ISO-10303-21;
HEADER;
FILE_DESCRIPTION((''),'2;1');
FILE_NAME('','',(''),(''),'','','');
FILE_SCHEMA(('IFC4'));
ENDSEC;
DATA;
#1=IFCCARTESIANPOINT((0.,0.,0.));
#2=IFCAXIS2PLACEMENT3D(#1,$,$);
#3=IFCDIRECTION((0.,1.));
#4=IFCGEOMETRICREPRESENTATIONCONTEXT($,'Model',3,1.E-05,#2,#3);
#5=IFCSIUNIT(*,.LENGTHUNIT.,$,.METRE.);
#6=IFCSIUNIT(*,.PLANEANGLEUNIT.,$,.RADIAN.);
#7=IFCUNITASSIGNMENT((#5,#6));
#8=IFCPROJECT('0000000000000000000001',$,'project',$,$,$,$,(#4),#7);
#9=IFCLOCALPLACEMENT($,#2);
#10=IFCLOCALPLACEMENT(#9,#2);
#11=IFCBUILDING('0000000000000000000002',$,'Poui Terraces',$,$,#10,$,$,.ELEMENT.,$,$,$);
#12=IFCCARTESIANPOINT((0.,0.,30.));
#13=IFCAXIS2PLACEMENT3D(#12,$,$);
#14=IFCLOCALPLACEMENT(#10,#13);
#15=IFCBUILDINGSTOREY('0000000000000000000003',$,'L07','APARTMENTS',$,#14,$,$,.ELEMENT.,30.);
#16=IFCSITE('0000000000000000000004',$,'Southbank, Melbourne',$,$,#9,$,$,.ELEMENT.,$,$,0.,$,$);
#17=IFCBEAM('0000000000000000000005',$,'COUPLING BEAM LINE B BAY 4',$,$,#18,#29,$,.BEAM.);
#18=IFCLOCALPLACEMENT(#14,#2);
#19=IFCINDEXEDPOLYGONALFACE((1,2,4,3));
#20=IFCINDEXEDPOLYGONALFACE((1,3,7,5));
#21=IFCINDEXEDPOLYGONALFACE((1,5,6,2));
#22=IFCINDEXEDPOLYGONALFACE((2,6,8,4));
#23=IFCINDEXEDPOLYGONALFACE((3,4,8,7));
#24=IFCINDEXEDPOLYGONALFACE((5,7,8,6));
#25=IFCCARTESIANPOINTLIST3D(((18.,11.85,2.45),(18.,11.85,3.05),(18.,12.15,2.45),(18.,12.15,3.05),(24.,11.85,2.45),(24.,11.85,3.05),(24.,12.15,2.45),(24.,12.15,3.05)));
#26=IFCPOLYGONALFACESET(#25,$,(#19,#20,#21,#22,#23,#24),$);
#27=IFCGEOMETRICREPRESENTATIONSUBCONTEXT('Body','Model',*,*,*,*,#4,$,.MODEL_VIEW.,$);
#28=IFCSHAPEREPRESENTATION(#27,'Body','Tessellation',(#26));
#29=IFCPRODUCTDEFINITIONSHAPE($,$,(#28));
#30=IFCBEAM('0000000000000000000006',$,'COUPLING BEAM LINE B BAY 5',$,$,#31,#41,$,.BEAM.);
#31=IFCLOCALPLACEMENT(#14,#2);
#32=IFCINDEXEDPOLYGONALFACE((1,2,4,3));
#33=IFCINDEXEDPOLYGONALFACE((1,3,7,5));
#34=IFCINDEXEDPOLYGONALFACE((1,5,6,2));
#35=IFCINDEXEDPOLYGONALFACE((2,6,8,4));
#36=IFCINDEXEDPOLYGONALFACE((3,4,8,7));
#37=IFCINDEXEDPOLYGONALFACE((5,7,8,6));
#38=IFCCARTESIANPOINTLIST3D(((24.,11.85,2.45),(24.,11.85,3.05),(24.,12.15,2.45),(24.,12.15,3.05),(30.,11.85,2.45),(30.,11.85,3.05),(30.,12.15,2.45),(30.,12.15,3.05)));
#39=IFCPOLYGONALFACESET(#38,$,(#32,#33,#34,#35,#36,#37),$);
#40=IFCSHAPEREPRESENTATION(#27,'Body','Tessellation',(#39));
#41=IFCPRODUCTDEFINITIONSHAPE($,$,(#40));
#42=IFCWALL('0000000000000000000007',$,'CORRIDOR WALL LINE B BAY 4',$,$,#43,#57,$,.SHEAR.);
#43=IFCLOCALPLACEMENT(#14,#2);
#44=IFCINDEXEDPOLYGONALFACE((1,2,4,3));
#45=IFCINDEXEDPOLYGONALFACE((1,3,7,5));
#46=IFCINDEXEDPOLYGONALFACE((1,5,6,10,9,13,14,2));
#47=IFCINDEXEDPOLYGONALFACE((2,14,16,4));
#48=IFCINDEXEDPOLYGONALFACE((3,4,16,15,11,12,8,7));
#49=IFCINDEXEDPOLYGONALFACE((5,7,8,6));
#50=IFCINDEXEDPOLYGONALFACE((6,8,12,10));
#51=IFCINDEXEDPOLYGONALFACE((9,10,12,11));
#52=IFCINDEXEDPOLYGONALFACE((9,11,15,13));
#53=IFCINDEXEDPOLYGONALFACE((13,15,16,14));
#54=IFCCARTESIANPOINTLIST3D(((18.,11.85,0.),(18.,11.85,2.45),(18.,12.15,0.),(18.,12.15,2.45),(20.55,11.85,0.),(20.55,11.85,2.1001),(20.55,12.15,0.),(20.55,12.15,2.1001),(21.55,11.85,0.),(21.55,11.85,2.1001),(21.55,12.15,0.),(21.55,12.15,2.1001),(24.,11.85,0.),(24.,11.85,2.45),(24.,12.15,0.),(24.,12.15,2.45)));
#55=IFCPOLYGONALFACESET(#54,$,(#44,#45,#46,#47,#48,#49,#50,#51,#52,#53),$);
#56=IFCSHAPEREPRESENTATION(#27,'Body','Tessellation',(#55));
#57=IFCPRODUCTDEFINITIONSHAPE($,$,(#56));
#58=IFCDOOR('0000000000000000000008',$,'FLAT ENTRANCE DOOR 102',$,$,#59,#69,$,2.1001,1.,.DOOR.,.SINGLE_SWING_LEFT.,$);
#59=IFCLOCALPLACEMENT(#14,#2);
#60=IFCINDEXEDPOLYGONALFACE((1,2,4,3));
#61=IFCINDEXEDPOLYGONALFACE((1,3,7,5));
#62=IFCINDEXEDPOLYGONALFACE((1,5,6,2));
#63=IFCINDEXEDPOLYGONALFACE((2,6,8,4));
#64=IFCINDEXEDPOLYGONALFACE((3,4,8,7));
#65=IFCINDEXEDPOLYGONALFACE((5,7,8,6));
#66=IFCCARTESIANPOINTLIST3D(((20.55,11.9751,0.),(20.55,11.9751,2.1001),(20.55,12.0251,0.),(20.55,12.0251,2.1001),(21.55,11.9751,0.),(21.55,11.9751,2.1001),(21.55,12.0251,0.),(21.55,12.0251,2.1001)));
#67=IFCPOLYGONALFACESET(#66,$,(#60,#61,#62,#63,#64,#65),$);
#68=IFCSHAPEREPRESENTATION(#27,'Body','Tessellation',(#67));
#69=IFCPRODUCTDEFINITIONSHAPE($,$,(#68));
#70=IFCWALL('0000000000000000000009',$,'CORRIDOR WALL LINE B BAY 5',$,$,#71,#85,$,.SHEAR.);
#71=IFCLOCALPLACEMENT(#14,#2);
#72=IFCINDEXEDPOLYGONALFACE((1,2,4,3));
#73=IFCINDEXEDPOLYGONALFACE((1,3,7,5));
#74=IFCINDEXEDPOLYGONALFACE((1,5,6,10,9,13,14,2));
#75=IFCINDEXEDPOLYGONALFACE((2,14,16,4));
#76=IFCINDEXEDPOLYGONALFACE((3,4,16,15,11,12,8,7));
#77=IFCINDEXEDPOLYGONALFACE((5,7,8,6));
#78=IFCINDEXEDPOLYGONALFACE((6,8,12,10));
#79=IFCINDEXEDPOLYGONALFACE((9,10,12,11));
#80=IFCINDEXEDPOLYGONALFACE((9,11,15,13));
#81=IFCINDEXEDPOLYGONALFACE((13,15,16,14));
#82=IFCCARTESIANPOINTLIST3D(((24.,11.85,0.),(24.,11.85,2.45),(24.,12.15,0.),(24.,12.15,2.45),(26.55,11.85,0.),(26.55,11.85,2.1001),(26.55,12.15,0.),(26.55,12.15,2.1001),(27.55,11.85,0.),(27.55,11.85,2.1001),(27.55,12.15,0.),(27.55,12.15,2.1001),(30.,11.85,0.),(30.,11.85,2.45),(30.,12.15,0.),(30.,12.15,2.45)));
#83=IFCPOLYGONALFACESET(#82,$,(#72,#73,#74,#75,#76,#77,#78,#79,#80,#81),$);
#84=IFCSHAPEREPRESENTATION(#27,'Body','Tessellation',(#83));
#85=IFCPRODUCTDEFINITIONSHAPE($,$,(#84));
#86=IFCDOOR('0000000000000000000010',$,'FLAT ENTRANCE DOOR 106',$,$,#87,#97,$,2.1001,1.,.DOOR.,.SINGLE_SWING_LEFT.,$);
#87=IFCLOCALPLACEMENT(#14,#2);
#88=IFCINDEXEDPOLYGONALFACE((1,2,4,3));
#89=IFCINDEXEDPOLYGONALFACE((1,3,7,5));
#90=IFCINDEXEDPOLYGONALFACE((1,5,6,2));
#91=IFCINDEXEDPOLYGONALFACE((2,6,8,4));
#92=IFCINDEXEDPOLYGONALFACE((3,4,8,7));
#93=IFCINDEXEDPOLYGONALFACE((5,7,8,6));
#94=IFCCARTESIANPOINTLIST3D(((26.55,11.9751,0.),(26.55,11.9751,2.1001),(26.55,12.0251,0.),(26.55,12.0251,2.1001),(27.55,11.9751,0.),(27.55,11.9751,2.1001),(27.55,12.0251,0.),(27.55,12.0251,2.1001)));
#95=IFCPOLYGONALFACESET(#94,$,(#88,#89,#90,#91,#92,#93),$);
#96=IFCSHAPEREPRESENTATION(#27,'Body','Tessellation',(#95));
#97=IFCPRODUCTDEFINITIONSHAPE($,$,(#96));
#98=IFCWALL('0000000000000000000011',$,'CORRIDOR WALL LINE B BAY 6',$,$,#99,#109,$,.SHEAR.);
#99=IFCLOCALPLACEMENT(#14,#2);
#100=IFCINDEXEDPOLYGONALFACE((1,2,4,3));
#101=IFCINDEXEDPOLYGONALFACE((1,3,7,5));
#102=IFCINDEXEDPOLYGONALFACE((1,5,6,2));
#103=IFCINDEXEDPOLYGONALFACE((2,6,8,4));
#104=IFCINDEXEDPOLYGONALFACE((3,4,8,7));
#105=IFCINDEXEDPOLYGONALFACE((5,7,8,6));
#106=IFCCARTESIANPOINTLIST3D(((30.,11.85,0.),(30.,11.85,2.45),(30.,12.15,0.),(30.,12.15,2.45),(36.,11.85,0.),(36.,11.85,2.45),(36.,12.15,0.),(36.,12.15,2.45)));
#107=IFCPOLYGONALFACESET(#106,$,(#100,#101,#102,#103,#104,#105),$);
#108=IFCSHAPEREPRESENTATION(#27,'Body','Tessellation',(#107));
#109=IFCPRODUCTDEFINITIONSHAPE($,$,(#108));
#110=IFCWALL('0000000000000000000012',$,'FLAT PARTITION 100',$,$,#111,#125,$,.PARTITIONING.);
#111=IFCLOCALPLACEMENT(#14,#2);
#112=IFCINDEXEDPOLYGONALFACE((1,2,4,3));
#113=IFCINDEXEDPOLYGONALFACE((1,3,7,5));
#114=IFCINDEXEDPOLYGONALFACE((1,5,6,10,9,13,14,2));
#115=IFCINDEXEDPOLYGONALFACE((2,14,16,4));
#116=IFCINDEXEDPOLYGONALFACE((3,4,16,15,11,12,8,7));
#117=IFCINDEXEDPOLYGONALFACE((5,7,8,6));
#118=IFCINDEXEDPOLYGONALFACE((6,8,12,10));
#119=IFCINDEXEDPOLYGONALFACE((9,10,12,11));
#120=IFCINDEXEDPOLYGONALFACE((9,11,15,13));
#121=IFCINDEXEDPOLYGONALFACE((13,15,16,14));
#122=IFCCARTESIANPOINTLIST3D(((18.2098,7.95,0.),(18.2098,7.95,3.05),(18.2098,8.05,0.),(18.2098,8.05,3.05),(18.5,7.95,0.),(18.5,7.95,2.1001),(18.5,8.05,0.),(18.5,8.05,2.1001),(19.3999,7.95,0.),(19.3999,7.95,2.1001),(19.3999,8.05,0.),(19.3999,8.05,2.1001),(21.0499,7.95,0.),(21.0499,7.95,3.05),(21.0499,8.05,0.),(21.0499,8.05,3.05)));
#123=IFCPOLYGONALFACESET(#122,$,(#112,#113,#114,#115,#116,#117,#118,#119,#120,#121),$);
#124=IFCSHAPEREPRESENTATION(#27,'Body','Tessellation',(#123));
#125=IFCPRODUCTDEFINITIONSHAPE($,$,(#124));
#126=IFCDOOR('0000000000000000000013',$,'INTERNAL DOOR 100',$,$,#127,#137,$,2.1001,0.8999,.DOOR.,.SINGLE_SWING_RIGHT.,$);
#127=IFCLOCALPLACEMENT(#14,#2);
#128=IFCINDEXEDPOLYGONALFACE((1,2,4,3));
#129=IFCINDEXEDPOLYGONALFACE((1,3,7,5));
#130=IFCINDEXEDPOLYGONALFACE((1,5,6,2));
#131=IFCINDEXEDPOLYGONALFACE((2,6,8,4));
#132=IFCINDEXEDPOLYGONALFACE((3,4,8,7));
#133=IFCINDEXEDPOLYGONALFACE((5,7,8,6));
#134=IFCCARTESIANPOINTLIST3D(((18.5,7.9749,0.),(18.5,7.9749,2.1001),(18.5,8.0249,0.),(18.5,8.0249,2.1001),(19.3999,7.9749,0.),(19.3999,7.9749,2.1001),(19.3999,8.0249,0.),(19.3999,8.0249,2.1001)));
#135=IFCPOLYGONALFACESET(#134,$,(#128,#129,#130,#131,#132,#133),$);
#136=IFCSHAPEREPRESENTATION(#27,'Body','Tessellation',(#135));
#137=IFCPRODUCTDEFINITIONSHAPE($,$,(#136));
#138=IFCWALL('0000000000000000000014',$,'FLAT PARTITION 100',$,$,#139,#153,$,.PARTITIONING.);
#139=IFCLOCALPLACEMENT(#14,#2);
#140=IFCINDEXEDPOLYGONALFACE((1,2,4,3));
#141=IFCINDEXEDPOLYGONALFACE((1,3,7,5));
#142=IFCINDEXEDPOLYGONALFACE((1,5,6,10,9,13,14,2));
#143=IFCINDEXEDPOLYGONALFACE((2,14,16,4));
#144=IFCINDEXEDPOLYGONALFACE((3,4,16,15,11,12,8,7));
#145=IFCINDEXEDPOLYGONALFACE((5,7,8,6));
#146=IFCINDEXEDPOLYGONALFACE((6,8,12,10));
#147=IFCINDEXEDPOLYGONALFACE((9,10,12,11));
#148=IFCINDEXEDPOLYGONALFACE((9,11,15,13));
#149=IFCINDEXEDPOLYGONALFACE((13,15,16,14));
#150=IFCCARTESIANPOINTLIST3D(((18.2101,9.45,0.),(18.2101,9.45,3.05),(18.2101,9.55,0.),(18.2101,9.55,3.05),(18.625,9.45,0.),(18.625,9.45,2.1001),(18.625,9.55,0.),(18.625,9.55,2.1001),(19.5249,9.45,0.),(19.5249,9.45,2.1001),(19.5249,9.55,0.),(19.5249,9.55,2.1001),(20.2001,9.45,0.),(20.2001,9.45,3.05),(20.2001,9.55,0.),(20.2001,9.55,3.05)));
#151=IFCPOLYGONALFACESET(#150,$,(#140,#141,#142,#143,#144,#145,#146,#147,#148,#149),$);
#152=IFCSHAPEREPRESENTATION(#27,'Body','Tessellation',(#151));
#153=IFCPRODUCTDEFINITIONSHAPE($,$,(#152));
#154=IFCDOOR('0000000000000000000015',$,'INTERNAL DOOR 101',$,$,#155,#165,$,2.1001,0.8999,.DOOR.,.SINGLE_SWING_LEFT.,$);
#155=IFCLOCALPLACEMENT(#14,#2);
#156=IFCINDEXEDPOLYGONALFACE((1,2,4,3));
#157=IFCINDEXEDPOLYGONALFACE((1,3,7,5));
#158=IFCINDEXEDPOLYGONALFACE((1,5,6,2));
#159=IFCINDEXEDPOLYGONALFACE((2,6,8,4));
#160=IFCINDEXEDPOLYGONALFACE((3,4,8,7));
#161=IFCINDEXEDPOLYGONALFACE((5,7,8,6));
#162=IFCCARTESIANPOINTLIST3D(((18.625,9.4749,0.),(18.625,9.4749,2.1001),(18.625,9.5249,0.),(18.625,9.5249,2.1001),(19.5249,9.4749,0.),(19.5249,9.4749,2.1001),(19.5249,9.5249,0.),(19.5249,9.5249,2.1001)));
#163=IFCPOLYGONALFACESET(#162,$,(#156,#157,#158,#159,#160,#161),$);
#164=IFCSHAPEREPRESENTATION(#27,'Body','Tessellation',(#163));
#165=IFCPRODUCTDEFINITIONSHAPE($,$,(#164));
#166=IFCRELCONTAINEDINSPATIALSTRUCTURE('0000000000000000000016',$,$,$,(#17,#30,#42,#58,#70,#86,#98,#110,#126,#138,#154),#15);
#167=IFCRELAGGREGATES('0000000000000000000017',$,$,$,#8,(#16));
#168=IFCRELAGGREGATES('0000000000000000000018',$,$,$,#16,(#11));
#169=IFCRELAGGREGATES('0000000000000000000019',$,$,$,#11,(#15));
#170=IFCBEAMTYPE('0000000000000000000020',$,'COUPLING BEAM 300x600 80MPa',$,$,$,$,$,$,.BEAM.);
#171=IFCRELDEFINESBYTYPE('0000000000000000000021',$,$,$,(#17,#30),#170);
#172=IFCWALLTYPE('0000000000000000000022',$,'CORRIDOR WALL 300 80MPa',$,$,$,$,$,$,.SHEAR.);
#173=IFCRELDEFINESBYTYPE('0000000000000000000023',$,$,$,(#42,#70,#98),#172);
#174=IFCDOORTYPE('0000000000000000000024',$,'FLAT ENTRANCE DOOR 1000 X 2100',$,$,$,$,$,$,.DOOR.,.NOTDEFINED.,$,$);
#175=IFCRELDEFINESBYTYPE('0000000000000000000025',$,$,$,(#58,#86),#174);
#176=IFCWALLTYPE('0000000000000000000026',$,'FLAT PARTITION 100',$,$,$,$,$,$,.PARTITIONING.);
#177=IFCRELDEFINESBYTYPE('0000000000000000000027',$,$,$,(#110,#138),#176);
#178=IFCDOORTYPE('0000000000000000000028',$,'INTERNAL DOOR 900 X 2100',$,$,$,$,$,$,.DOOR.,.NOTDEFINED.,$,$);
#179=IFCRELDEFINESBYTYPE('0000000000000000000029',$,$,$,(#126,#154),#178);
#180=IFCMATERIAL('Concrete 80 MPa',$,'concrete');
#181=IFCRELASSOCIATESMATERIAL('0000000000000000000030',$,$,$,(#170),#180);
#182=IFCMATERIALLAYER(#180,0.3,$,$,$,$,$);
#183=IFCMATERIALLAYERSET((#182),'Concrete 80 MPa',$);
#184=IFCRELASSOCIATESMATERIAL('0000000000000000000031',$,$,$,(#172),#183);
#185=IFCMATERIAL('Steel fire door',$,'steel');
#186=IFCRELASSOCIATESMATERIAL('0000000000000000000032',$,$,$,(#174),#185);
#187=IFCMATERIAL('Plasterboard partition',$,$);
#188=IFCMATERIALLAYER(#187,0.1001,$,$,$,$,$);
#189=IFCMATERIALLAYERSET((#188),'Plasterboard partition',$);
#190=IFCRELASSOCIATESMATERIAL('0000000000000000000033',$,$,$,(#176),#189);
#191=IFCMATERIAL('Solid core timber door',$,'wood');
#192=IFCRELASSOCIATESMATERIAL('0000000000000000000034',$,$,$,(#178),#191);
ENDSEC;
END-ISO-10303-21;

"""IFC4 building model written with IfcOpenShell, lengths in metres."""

from ifc_helpers import new_model, si_unit, direction, frame, frame_2d, origin, origin_2d, place, context, subcontext, project, spatial, rectangle, extrude, source, transform, mapped, material, layer, layer_set, material_profile, profile_set, type_object, element, fill, save


model = new_model("IFC4")

# Units and contexts
model_context = context("Model", 3, precision=1e-05, world=origin(), true_north=direction((0.0, 1.0)))
body_context = subcontext(model_context, "Body", "Model", "MODEL_VIEW")
ifc_project = project(units=[si_unit("LENGTHUNIT", "METRE"), si_unit("PLANEANGLEUNIT", "RADIAN")], contexts=[model_context])

# Site, building, storey
site_placement = place(None, origin())
site = spatial("IfcSite", under=ifc_project, at=site_placement, Name="Southbank, Melbourne", CompositionType="ELEMENT", RefElevation=0.0)
building_placement = place(site_placement, origin())
building = spatial("IfcBuilding", under=site, at=building_placement, Name="Poui Terraces", CompositionType="ELEMENT")
storey_placement = place(building_placement, frame((0.0, 0.0, 30.0)))
storey = spatial("IfcBuildingStorey", under=building, at=storey_placement, Name="L07", Description="APARTMENTS", CompositionType="ELEMENT", Elevation=30.0)

# Beams
ifc_material_1 = material(Name="Concrete 80 MPa", Category="concrete")
ifc_material_profile = material_profile(ifc_material_1, rectangle(XDim=0.3, YDim=0.6001, at=origin_2d()), Name="RC 300x600")
ifc_profile_set = profile_set([ifc_material_profile], Name="Concrete 80 MPa")
beam_type = type_object("IfcBeamType", Name="COUPLING BEAM 300x600 80MPa", PredefinedType="BEAM", material=ifc_profile_set)
shared_shape = source(origin(), body_context, "Body", "SweptSolid", [
    extrude(rectangle(XDim=0.3, YDim=0.6001, at=origin_2d()), origin(), (0.0, 0.0, 1.0), 6.0),
])
for number, where, z_axis, x_axis, name in (
    (1, (18.0, 12.0, 2.75), (1.0, 0.0, 0.0), (0.0, 1.0, 0.0), "COUPLING BEAM LINE B BAY 4"),
    (2, (24.0, 12.0, 2.75), (1.0, 0.0, 0.0), (0.0, 1.0, 0.0), "COUPLING BEAM LINE B BAY 5"),
):
    element("IfcBeam", number, at=place(storey_placement, frame(where, z_axis=z_axis, x_axis=x_axis)), inside=storey, type_object=beam_type, Name=name, PredefinedType="BEAM", context=body_context, shape_type="MappedRepresentation", body=[
        mapped(shared_shape, transform((0.0, 0.0, 0.0))),
    ])

# Walls, openings, doors
ifc_layer_1 = layer(ifc_material_1, 0.3)
ifc_layer_set_1 = layer_set([ifc_layer_1], Name="Concrete 80 MPa")
wall_type_1 = type_object("IfcWallType", Name="CORRIDOR WALL 300 80MPa", PredefinedType="SHEAR", material=ifc_layer_set_1)
wall_1_placement = place(storey_placement, frame((18.0, 12.0, 0.0), z_axis=(0.0, 0.0, 1.0), x_axis=(1.0, 0.0, 0.0)))
wall_1 = element("IfcWall", 3, at=wall_1_placement, inside=storey, type_object=wall_type_1, Name="CORRIDOR WALL LINE B BAY 4", PredefinedType="SHEAR", context=body_context, shape_type="SweptSolid", body=[
    extrude(rectangle(XDim=6.0, YDim=0.3, at=frame_2d((3.0, 0.0))), origin(), (0.0, 0.0, 1.0), 2.45),
])
opening_1_placement = place(wall_1_placement, frame((2.55, 0.0, 0.0)))
opening_1 = element("IfcOpeningElement", 4, at=opening_1_placement, cuts=wall_1, PredefinedType="OPENING", context=body_context, shape_type="SweptSolid", body=[
    extrude(rectangle(XDim=1.0, YDim=2.1001, at=frame_2d((0.5, 1.05))), frame((0.0, 0.1602, 0.0), z_axis=(0.0, -1.0, 0.0), x_axis=(1.0, 0.0, 0.0)), (0.0, 0.0, 1.0), 0.3201),
])
ifc_material_2 = material(Name="Steel fire door", Category="steel")
door_type_1 = type_object("IfcDoorType", Name="FLAT ENTRANCE DOOR 1000 X 2100", OperationType="NOTDEFINED", PredefinedType="DOOR", material=ifc_material_2)
door_1_placement = place(opening_1_placement, frame((1.0, 0.0, 0.0), z_axis=(0.0, 0.0, 1.0), x_axis=(-1.0, 0.0, 0.0)))
door_1 = element("IfcDoor", 5, at=door_1_placement, inside=storey, type_object=door_type_1, Name="FLAT ENTRANCE DOOR 102", OperationType="SINGLE_SWING_LEFT", OverallHeight=2.1001, OverallWidth=1.0, PredefinedType="DOOR", context=body_context, shape_type="SweptSolid", body=[
    extrude(rectangle(XDim=1.0, YDim=2.1001, at=frame_2d((0.5, 1.05))), frame((0.0, 0.0249, 0.0), z_axis=(0.0, -1.0, 0.0), x_axis=(1.0, 0.0, 0.0)), (0.0, 0.0, 1.0), 0.05),
])
fill(opening_1, door_1)
wall_2_placement = place(storey_placement, frame((24.0, 12.0, 0.0), z_axis=(0.0, 0.0, 1.0), x_axis=(1.0, 0.0, 0.0)))
wall_2 = element("IfcWall", 6, at=wall_2_placement, inside=storey, type_object=wall_type_1, Name="CORRIDOR WALL LINE B BAY 5", PredefinedType="SHEAR", context=body_context, shape_type="SweptSolid", body=[
    extrude(rectangle(XDim=6.0, YDim=0.3, at=frame_2d((3.0, 0.0))), origin(), (0.0, 0.0, 1.0), 2.45),
])
opening_2_placement = place(wall_2_placement, frame((2.55, 0.0, 0.0)))
opening_2 = element("IfcOpeningElement", 7, at=opening_2_placement, cuts=wall_2, PredefinedType="OPENING", context=body_context, shape_type="SweptSolid", body=[
    extrude(rectangle(XDim=1.0, YDim=2.1001, at=frame_2d((0.5, 1.05))), frame((0.0, 0.1602, 0.0), z_axis=(0.0, -1.0, 0.0), x_axis=(1.0, 0.0, 0.0)), (0.0, 0.0, 1.0), 0.3201),
])
door_2_placement = place(opening_2_placement, frame((1.0, 0.0, 0.0), z_axis=(0.0, 0.0, 1.0), x_axis=(-1.0, 0.0, 0.0)))
door_2 = element("IfcDoor", 8, at=door_2_placement, inside=storey, type_object=door_type_1, Name="FLAT ENTRANCE DOOR 106", OperationType="SINGLE_SWING_LEFT", OverallHeight=2.1001, OverallWidth=1.0, PredefinedType="DOOR", context=body_context, shape_type="SweptSolid", body=[
    extrude(rectangle(XDim=1.0, YDim=2.1001, at=frame_2d((0.5, 1.05))), frame((0.0, 0.0249, 0.0), z_axis=(0.0, -1.0, 0.0), x_axis=(1.0, 0.0, 0.0)), (0.0, 0.0, 1.0), 0.05),
])
fill(opening_2, door_2)

# Wall
wall_3_placement = place(storey_placement, frame((30.0, 12.0, 0.0), z_axis=(0.0, 0.0, 1.0), x_axis=(1.0, 0.0, 0.0)))
element("IfcWall", 9, at=wall_3_placement, inside=storey, type_object=wall_type_1, Name="CORRIDOR WALL LINE B BAY 6", PredefinedType="SHEAR", context=body_context, shape_type="SweptSolid", body=[
    extrude(rectangle(XDim=6.0, YDim=0.3, at=frame_2d((3.0, 0.0))), origin(), (0.0, 0.0, 1.0), 2.45),
])

# Walls, openings, doors
ifc_material_3 = material(Name="Plasterboard partition")
ifc_layer_2 = layer(ifc_material_3, 0.1001)
ifc_layer_set_2 = layer_set([ifc_layer_2], Name="Plasterboard partition")
wall_type_2 = type_object("IfcWallType", Name="FLAT PARTITION 100", PredefinedType="PARTITIONING", material=ifc_layer_set_2)
wall_4_placement = place(storey_placement, frame((18.21, 8.0, 0.0), z_axis=(0.0, 0.0, 1.0), x_axis=(1.0, 0.0, 0.0)))
wall_4 = element("IfcWall", 10, at=wall_4_placement, inside=storey, type_object=wall_type_2, Name="FLAT PARTITION 100", PredefinedType="PARTITIONING", context=body_context, shape_type="SweptSolid", body=[
    extrude(rectangle(XDim=2.8401, YDim=0.1001, at=frame_2d((1.4199, 0.0))), origin(), (0.0, 0.0, 1.0), 3.05),
])
opening_3_placement = place(wall_4_placement, frame((0.29, 0.0, 0.0)))
opening_3 = element("IfcOpeningElement", 11, at=opening_3_placement, cuts=wall_4, PredefinedType="OPENING", context=body_context, shape_type="SweptSolid", body=[
    extrude(rectangle(XDim=0.8999, YDim=2.1001, at=frame_2d((0.45, 1.05))), frame((0.0, 0.0601, 0.0), z_axis=(0.0, -1.0, 0.0), x_axis=(1.0, 0.0, 0.0)), (0.0, 0.0, 1.0), 0.1201),
])
ifc_material_4 = material(Name="Solid core timber door", Category="wood")
door_type_2 = type_object("IfcDoorType", Name="INTERNAL DOOR 900 X 2100", OperationType="NOTDEFINED", PredefinedType="DOOR", material=ifc_material_4)
door_3_placement = place(opening_3_placement, origin())
door_3 = element("IfcDoor", 12, at=door_3_placement, inside=storey, type_object=door_type_2, Name="INTERNAL DOOR 100", OperationType="SINGLE_SWING_RIGHT", OverallHeight=2.1001, OverallWidth=0.8999, PredefinedType="DOOR", context=body_context, shape_type="SweptSolid", body=[
    extrude(rectangle(XDim=0.8999, YDim=2.1001, at=frame_2d((0.45, 1.05))), frame((0.0, 0.0249, 0.0), z_axis=(0.0, -1.0, 0.0), x_axis=(1.0, 0.0, 0.0)), (0.0, 0.0, 1.0), 0.05),
])
fill(opening_3, door_3)
wall_5_placement = place(storey_placement, frame((18.21, 9.5, 0.0), z_axis=(0.0, 0.0, 1.0), x_axis=(1.0, 0.0, 0.0)))
wall_5 = element("IfcWall", 13, at=wall_5_placement, inside=storey, type_object=wall_type_2, Name="FLAT PARTITION 100", PredefinedType="PARTITIONING", context=body_context, shape_type="SweptSolid", body=[
    extrude(rectangle(XDim=1.99, YDim=0.1001, at=frame_2d((0.9951, 0.0))), origin(), (0.0, 0.0, 1.0), 3.05),
])
opening_4_placement = place(wall_5_placement, frame((0.415, 0.0, 0.0)))
opening_4 = element("IfcOpeningElement", 14, at=opening_4_placement, cuts=wall_5, PredefinedType="OPENING", context=body_context, shape_type="SweptSolid", body=[
    extrude(rectangle(XDim=0.8999, YDim=2.1001, at=frame_2d((0.45, 1.05))), frame((0.0, 0.0601, 0.0), z_axis=(0.0, -1.0, 0.0), x_axis=(1.0, 0.0, 0.0)), (0.0, 0.0, 1.0), 0.1201),
])
door_4_placement = place(opening_4_placement, origin())
door_4 = element("IfcDoor", 15, at=door_4_placement, inside=storey, type_object=door_type_2, Name="INTERNAL DOOR 101", OperationType="SINGLE_SWING_LEFT", OverallHeight=2.1001, OverallWidth=0.8999, PredefinedType="DOOR", context=body_context, shape_type="SweptSolid", body=[
    extrude(rectangle(XDim=0.8999, YDim=2.1001, at=frame_2d((0.45, 1.05))), frame((0.0, 0.0249, 0.0), z_axis=(0.0, -1.0, 0.0), x_axis=(1.0, 0.0, 0.0)), (0.0, 0.0, 1.0), 0.05),
])
fill(opening_4, door_4)

save(model, "model.ifc")
